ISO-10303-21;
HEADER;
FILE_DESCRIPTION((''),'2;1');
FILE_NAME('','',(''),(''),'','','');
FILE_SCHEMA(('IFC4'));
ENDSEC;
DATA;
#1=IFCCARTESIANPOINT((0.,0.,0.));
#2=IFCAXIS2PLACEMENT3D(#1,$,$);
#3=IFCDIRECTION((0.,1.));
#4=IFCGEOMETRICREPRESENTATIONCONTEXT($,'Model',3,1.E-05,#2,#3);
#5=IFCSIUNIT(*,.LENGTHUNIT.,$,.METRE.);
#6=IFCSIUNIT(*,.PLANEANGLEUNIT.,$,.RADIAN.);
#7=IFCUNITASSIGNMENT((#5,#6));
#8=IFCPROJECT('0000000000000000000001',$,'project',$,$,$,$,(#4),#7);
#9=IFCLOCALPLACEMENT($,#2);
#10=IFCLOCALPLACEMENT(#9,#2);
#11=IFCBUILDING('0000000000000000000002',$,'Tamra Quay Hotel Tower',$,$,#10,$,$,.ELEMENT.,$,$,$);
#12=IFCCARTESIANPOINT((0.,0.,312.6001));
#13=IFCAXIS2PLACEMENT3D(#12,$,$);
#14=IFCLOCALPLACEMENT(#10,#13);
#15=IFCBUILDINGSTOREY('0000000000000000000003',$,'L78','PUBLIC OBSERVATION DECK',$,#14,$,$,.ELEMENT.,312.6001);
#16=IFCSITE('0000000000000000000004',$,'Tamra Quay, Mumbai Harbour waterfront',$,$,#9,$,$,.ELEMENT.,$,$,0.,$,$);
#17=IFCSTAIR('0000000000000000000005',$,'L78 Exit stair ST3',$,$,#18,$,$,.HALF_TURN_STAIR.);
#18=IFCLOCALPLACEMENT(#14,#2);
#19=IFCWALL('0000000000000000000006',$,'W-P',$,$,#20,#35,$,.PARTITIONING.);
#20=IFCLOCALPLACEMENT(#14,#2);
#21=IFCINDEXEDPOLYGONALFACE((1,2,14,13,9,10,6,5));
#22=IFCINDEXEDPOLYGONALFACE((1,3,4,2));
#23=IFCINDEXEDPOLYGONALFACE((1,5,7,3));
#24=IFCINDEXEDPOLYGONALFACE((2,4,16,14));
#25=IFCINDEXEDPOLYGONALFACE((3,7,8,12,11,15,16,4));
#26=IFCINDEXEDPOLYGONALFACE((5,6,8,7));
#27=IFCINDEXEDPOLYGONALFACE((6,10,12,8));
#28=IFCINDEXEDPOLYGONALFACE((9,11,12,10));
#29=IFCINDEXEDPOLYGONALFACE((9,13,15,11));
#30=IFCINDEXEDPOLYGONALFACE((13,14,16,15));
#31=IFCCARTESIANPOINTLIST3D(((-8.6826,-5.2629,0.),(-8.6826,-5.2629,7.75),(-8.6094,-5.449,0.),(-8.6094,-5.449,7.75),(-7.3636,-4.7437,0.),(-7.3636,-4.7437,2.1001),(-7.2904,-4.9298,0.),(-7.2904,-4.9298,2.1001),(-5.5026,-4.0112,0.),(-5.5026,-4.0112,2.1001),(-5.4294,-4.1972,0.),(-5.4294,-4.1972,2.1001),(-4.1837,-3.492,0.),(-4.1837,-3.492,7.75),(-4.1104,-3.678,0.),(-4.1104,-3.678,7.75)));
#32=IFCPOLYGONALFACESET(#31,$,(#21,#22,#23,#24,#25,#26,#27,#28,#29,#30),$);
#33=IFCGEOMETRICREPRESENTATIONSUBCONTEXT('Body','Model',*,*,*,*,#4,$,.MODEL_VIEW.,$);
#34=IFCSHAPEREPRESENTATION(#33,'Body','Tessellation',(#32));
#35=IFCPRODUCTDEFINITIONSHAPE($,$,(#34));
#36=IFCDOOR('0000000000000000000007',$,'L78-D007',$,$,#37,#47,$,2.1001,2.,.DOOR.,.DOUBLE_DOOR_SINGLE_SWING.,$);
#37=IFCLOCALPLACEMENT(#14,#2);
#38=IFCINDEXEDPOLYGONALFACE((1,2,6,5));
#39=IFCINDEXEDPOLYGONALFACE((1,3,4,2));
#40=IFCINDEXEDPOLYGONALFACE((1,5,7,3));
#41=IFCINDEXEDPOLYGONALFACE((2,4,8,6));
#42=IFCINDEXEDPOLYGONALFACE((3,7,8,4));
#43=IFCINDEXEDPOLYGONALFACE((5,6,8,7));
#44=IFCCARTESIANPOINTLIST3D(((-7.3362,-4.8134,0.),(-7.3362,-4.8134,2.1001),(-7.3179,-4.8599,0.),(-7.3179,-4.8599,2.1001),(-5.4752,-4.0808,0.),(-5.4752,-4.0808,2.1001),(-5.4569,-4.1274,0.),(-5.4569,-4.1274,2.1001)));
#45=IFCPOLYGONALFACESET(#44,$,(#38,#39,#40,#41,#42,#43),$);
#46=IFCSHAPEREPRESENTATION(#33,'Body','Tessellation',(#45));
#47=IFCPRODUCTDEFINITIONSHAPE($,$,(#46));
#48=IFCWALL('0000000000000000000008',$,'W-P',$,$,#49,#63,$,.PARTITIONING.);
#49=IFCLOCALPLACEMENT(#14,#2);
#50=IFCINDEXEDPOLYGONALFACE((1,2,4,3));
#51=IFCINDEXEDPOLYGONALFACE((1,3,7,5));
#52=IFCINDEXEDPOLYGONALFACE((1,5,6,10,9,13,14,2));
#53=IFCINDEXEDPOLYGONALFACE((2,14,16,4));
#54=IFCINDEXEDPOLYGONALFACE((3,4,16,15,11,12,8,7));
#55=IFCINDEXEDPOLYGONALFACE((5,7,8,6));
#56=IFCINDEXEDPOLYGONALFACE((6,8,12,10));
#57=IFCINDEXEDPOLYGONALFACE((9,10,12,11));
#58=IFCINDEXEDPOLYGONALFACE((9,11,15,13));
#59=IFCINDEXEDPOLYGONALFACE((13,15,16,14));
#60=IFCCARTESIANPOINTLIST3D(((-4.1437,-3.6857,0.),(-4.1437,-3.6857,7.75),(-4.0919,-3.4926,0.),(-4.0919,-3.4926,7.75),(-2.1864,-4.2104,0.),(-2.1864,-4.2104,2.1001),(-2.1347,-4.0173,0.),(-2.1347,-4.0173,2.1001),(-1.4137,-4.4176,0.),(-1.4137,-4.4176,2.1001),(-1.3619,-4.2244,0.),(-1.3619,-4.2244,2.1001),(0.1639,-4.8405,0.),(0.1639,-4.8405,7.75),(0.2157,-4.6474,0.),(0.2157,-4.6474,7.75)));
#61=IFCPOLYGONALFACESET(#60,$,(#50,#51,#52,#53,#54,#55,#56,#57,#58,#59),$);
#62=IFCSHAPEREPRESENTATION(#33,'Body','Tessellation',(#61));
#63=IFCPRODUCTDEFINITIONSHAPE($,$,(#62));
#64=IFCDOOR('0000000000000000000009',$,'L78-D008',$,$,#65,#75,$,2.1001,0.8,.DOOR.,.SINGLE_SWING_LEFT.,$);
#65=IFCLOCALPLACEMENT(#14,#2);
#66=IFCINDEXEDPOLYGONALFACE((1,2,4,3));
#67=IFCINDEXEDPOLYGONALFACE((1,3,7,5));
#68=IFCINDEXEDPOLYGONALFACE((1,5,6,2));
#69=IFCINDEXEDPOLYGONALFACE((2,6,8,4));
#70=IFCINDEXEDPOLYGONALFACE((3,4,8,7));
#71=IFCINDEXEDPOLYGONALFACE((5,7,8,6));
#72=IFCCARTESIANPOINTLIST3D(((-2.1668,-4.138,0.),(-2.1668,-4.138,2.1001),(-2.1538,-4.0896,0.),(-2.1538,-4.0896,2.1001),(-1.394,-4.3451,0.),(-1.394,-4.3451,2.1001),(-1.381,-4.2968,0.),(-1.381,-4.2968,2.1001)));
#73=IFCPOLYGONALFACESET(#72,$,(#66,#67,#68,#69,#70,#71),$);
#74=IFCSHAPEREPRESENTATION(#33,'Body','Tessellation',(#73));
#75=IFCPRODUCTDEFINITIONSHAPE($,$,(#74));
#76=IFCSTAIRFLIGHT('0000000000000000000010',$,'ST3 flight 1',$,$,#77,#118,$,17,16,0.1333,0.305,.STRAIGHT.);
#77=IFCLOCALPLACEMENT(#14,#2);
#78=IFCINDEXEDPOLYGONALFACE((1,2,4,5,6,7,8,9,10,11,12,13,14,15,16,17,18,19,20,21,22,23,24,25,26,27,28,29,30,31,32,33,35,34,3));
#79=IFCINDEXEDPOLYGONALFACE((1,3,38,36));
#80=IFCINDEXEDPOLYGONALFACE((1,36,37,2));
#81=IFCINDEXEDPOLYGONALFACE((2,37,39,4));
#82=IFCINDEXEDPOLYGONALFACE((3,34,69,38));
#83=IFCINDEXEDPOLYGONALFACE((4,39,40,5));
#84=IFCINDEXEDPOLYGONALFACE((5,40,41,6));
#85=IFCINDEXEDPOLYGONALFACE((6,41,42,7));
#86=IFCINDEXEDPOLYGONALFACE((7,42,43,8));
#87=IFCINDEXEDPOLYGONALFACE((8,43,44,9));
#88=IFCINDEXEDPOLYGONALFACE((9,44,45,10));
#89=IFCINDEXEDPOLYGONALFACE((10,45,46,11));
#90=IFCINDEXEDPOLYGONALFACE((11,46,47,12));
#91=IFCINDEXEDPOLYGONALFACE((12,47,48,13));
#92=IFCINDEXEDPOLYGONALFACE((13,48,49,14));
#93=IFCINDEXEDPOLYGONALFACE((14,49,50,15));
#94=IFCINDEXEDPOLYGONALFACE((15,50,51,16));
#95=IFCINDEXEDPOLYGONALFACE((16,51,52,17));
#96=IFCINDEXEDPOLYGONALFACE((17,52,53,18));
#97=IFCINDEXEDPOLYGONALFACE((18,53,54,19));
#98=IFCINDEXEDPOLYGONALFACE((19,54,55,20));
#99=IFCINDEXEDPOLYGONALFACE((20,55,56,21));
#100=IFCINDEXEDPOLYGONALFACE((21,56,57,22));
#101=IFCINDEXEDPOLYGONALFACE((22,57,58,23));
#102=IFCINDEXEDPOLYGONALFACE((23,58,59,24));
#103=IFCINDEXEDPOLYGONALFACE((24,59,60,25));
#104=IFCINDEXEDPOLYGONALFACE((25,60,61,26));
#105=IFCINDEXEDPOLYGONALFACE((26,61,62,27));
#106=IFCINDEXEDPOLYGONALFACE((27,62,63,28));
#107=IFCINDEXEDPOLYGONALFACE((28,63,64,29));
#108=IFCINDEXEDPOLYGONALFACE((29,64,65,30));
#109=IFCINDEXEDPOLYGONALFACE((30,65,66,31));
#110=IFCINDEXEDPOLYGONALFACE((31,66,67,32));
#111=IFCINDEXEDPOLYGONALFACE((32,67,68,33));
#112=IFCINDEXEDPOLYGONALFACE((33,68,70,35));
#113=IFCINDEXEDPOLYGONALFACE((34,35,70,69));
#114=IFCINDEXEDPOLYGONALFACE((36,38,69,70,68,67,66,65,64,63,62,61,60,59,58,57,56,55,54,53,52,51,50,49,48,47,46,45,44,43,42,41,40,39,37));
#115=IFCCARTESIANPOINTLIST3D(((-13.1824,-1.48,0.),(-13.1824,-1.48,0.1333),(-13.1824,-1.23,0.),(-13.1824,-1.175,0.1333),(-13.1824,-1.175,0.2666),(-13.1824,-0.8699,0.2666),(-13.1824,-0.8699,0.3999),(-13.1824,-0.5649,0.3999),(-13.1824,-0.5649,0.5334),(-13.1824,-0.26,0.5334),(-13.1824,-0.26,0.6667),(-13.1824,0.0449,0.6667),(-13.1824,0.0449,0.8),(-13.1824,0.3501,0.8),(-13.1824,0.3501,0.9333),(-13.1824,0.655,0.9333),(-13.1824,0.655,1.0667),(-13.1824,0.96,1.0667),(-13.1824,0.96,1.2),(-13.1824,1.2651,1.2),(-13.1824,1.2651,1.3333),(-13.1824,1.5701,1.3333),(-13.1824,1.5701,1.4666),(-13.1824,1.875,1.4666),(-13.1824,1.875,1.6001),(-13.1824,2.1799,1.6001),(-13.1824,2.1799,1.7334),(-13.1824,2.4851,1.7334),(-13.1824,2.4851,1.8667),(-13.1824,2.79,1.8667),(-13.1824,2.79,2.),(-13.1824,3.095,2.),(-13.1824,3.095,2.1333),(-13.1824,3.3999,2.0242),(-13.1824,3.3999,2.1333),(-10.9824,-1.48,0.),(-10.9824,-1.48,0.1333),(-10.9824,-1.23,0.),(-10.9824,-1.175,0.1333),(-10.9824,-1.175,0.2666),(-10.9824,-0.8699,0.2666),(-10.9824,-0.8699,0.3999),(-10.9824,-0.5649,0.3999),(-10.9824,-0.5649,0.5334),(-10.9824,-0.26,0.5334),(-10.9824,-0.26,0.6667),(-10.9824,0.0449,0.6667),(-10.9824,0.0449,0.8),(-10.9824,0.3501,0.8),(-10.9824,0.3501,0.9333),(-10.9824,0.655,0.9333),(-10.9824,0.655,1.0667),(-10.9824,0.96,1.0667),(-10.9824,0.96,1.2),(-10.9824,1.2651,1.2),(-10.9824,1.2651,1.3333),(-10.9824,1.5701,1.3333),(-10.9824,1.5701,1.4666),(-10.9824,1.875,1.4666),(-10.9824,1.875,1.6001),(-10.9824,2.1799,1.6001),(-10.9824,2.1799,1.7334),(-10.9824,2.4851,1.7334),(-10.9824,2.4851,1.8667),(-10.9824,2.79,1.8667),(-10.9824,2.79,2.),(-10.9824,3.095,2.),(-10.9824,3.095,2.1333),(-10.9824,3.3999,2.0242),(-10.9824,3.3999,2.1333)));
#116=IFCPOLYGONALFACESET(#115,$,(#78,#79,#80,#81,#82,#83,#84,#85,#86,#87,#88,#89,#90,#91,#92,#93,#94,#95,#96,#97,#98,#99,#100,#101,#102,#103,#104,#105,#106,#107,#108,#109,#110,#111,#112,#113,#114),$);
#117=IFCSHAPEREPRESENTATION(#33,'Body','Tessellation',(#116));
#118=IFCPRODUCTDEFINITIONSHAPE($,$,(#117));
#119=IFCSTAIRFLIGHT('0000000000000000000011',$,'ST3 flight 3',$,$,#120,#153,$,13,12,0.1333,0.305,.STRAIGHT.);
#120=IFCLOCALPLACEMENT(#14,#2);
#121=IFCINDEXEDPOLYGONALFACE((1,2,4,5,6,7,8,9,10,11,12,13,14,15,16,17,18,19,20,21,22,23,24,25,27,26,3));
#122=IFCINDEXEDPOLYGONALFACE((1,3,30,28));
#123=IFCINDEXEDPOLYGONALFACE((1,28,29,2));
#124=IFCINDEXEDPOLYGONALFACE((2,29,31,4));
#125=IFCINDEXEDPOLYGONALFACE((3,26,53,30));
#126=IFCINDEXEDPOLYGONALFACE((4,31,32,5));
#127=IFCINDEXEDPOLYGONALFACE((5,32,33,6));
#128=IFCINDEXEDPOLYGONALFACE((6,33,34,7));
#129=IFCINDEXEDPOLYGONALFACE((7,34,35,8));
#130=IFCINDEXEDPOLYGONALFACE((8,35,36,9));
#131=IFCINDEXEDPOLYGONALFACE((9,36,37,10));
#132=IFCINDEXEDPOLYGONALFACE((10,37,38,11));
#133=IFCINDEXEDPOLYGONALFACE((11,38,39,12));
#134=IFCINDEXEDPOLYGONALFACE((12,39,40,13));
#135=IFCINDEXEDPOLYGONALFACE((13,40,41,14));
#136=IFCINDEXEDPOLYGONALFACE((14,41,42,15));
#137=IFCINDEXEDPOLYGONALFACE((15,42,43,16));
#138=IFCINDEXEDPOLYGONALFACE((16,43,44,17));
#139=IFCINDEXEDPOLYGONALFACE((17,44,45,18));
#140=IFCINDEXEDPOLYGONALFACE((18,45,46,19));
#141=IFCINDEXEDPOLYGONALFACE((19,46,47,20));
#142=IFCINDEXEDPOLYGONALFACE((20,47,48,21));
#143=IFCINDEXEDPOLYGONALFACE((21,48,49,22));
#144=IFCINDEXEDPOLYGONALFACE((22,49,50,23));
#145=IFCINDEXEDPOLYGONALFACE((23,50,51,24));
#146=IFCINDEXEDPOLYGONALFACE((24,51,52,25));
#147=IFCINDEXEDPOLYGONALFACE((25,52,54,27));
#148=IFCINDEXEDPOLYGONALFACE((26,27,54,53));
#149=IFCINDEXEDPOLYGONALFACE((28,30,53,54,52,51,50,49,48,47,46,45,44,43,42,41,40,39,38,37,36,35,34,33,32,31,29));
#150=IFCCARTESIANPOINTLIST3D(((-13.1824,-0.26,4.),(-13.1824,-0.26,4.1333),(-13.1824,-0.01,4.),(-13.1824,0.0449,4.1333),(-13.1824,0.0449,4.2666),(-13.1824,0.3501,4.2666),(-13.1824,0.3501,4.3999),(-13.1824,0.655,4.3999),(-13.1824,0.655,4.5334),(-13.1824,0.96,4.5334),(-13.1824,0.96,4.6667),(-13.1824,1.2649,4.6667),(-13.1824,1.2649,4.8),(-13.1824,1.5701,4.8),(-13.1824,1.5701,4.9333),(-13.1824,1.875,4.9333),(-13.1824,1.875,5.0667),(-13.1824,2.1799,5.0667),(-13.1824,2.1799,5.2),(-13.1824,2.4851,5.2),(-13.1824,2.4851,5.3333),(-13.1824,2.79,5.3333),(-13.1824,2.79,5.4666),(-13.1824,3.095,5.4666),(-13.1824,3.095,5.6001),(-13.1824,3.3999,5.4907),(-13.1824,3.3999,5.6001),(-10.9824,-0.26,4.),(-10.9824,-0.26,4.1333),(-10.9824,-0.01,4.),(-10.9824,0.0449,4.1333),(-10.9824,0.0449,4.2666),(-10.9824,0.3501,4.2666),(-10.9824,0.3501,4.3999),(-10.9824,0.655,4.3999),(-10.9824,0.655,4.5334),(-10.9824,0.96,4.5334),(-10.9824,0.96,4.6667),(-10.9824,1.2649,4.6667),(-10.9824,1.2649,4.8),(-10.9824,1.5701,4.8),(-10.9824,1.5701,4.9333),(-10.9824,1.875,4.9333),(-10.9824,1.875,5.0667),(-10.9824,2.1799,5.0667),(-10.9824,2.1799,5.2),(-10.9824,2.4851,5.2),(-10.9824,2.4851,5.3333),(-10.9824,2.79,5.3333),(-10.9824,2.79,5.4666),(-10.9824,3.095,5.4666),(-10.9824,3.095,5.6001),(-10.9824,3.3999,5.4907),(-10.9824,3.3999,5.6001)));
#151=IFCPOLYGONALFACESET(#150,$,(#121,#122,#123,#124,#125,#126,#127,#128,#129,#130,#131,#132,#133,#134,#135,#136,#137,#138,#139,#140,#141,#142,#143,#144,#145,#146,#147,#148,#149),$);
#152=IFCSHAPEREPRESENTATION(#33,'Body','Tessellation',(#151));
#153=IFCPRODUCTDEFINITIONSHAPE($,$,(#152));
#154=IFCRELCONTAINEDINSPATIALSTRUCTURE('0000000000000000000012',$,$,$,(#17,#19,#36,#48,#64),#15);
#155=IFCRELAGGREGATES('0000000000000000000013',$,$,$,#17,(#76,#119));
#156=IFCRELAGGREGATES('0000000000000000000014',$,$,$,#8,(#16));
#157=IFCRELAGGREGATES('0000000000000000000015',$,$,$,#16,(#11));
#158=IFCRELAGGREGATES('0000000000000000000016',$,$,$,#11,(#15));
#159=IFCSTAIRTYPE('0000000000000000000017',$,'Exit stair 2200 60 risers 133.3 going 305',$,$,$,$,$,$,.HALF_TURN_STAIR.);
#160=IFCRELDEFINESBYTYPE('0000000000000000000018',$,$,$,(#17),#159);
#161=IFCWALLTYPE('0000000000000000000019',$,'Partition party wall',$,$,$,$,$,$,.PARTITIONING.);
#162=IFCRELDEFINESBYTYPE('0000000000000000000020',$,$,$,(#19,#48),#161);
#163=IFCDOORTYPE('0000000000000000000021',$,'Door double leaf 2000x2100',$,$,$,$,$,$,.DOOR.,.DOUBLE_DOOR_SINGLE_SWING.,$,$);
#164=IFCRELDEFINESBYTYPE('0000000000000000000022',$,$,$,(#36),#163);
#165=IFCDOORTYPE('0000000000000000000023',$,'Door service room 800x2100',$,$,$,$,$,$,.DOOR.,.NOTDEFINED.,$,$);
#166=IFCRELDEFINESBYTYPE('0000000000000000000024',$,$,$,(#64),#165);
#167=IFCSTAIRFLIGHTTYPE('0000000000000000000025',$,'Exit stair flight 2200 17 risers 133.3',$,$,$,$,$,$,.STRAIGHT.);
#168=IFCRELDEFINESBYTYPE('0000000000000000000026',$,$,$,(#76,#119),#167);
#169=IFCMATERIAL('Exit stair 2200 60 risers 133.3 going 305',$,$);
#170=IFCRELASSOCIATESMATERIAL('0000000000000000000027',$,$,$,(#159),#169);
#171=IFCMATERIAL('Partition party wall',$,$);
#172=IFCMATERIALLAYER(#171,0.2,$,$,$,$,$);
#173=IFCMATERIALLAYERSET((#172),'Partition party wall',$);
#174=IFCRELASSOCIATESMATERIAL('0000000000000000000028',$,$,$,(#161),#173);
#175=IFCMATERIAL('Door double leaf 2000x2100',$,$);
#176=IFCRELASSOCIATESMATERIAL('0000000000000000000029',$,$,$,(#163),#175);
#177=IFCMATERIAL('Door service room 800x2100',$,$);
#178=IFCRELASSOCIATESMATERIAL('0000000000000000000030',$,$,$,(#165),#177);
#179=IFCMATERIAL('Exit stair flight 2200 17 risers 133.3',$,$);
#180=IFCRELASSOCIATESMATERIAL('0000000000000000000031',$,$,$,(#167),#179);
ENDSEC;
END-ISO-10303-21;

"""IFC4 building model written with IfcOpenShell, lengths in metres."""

from ifc_helpers import new_model, si_unit, direction, frame, frame_2d, origin, place, context, subcontext, project, spatial, polyline, rectangle, outline, extrude, material, layer, layer_set, type_object, element, fill, aggregate, save


model = new_model("IFC4")

# Units and contexts
model_context = context("Model", 3, precision=1e-05, world=origin(), true_north=direction((0.0, 1.0)))
body_context = subcontext(model_context, "Body", "Model", "MODEL_VIEW")
ifc_project = project(units=[si_unit("LENGTHUNIT", "METRE"), si_unit("PLANEANGLEUNIT", "RADIAN")], contexts=[model_context])

# Site, building, storey
site_placement = place(None, origin())
site = spatial("IfcSite", under=ifc_project, at=site_placement, Name="Tamra Quay, Mumbai Harbour waterfront", CompositionType="ELEMENT", RefElevation=0.0)
building_placement = place(site_placement, origin())
building = spatial("IfcBuilding", under=site, at=building_placement, Name="Tamra Quay Hotel Tower", CompositionType="ELEMENT")
storey_placement = place(building_placement, frame((0.0, 0.0, 312.6001)))
storey = spatial("IfcBuildingStorey", under=building, at=storey_placement, Name="L78", Description="PUBLIC OBSERVATION DECK", CompositionType="ELEMENT", Elevation=312.6001)

# Stair
ifc_material_1 = material(Name="Exit stair 2200 60 risers 133.3 going 305")
stair_type = type_object("IfcStairType", Name="Exit stair 2200 60 risers 133.3 going 305", PredefinedType="HALF_TURN_STAIR", material=ifc_material_1)
stair_1_placement = place(storey_placement, origin())
stair_1 = element("IfcStair", 1, at=stair_1_placement, inside=storey, type_object=stair_type, Name="L78 Exit stair ST3", PredefinedType="HALF_TURN_STAIR")

# Shared definitions
ifc_material_2 = material(Name="Partition party wall")
ifc_layer_1 = layer(ifc_material_2, 0.2)
ifc_layer_set_1 = layer_set([ifc_layer_1], Name="Partition party wall")
wall_type_1 = type_object("IfcWallType", Name="Partition party wall", PredefinedType="PARTITIONING", material=ifc_layer_set_1)

# Walls, openings, doors
wall_1_placement = place(storey_placement, frame((-8.646, -5.356, 0.0), z_axis=(0.0, 0.0, 1.0), x_axis=(0.930503, 0.366283, 0.0)))
wall_1 = element("IfcWall", 2, at=wall_1_placement, inside=storey, type_object=wall_type_1, Name="W-P", PredefinedType="PARTITIONING", context=body_context, shape_type="SweptSolid", body=[
    extrude(rectangle(XDim=4.835, YDim=0.2, at=frame_2d((2.4175, 0.0))), origin(), (0.0, 0.0, 1.0), 7.75),
])
opening_1_placement = place(wall_1_placement, frame((1.4175, 0.0, 0.0)))
opening_1 = element("IfcOpeningElement", 3, at=opening_1_placement, cuts=wall_1, PredefinedType="OPENING", context=body_context, shape_type="SweptSolid", body=[
    extrude(rectangle(XDim=2.0, YDim=2.1001, at=frame_2d((1.0, 1.05))), frame((0.0, 0.1099, 0.0), z_axis=(0.0, -1.0, 0.0), x_axis=(1.0, 0.0, 0.0)), (0.0, 0.0, 1.0), 0.22),
])
ifc_material_3 = material(Name="Door double leaf 2000x2100")
door_type_1 = type_object("IfcDoorType", Name="Door double leaf 2000x2100", OperationType="DOUBLE_DOOR_SINGLE_SWING", PredefinedType="DOOR", material=ifc_material_3)
door_1_placement = place(opening_1_placement, frame((2.0, 0.0, 0.0), z_axis=(0.0, 0.0, 1.0), x_axis=(-1.0, 0.0, 0.0)))
door_1 = element("IfcDoor", 4, at=door_1_placement, inside=storey, type_object=door_type_1, Name="L78-D007", OperationType="DOUBLE_DOOR_SINGLE_SWING", OverallHeight=2.1001, OverallWidth=2.0, PredefinedType="DOOR", context=body_context, shape_type="SweptSolid", body=[
    extrude(rectangle(XDim=2.0, YDim=2.1001, at=frame_2d((1.0, 1.05))), frame((0.0, 0.0249, 0.0), z_axis=(0.0, -1.0, 0.0), x_axis=(1.0, 0.0, 0.0)), (0.0, 0.0, 1.0), 0.05),
])
fill(opening_1, door_1)
wall_2_placement = place(storey_placement, frame((-4.1179, -3.5891, 0.0), z_axis=(0.0, 0.0, 1.0), x_axis=(0.965894, -0.258937, 0.0)))
wall_2 = element("IfcWall", 5, at=wall_2_placement, inside=storey, type_object=wall_type_1, Name="W-P", PredefinedType="PARTITIONING", context=body_context, shape_type="SweptSolid", body=[
    extrude(rectangle(XDim=4.4597, YDim=0.2, at=frame_2d((2.23, 0.0))), origin(), (0.0, 0.0, 1.0), 7.75),
])
opening_2_placement = place(wall_2_placement, frame((2.0266, 0.0, 0.0)))
opening_2 = element("IfcOpeningElement", 6, at=opening_2_placement, cuts=wall_2, PredefinedType="OPENING", context=body_context, shape_type="SweptSolid", body=[
    extrude(rectangle(XDim=0.8, YDim=2.1001, at=frame_2d((0.3999, 1.05))), frame((0.0, 0.1099, 0.0), z_axis=(0.0, -1.0, 0.0), x_axis=(1.0, 0.0, 0.0)), (0.0, 0.0, 1.0), 0.22),
])
ifc_material_4 = material(Name="Door service room 800x2100")
door_type_2 = type_object("IfcDoorType", Name="Door service room 800x2100", OperationType="NOTDEFINED", PredefinedType="DOOR", material=ifc_material_4)
door_2_placement = place(opening_2_placement, frame((0.8, 0.0, 0.0), z_axis=(0.0, 0.0, 1.0), x_axis=(-1.0, 0.0, 0.0)))
door_2 = element("IfcDoor", 7, at=door_2_placement, inside=storey, type_object=door_type_2, Name="L78-D008", OperationType="SINGLE_SWING_LEFT", OverallHeight=2.1001, OverallWidth=0.8, PredefinedType="DOOR", context=body_context, shape_type="SweptSolid", body=[
    extrude(rectangle(XDim=0.8, YDim=2.1001, at=frame_2d((0.3999, 1.05))), frame((0.0, 0.0249, 0.0), z_axis=(0.0, -1.0, 0.0), x_axis=(1.0, 0.0, 0.0)), (0.0, 0.0, 1.0), 0.05),
])
fill(opening_2, door_2)

# Stair flights
ifc_material_5 = material(Name="Exit stair flight 2200 17 risers 133.3")
stair_flight_type = type_object("IfcStairFlightType", Name="Exit stair flight 2200 17 risers 133.3", PredefinedType="STRAIGHT", material=ifc_material_5)
stair_flight_1_placement = place(storey_placement, frame((-12.0823, -1.48, 0.0), z_axis=(0.0, 0.0, 1.0), x_axis=(0.0, 1.0, 0.0)))
stair_flight_1 = element("IfcStairFlight", 8, at=stair_flight_1_placement, type_object=stair_flight_type, Name="ST3 flight 1", NumberOfRisers=17, NumberOfTreads=16, PredefinedType="STRAIGHT", RiserHeight=0.1333, TreadLength=0.305, context=body_context, shape_type="SweptSolid", body=[
    extrude(outline(polyline([(0.0, 0.0), (0.0, 0.1333), (0.3049, 0.1333), (0.3049, 0.2666), (0.6101, 0.2666), (0.6101, 0.3999), (0.915, 0.3999), (0.915, 0.5334), (1.22, 0.5334), (1.22, 0.6667), (1.5249, 0.6667), (1.5249, 0.8), (1.8301, 0.8), (1.8301, 0.9333), (2.135, 0.9333), (2.135, 1.0667), (2.4399, 1.0667), (2.4399, 1.2), (2.7451, 1.2), (2.7451, 1.3333), (3.05, 1.3333), (3.05, 1.4666), (3.355, 1.4666), (3.355, 1.6001), (3.6599, 1.6001), (3.6599, 1.7334), (3.9651, 1.7334), (3.9651, 1.8667), (4.27, 1.8667), (4.27, 2.0), (4.575, 2.0), (4.575, 2.1333), (4.8799, 2.1333), (4.8799, 2.2666), (4.8799, 2.0242), (0.25, 0.0), (0.0, 0.0)])), frame((0.0, 1.1001, 0.0), z_axis=(0.0, -1.0, 0.0), x_axis=(1.0, 0.0, 0.0)), (0.0, 0.0, 1.0), 2.2),
])
stair_flight_2_placement = place(storey_placement, frame((-12.0823, -0.26, 4.0), z_axis=(0.0, 0.0, 1.0), x_axis=(0.0, 1.0, 0.0)))
stair_flight_2 = element("IfcStairFlight", 9, at=stair_flight_2_placement, type_object=stair_flight_type, Name="ST3 flight 3", NumberOfRisers=13, NumberOfTreads=12, PredefinedType="STRAIGHT", RiserHeight=0.1333, TreadLength=0.305, context=body_context, shape_type="SweptSolid", body=[
    extrude(outline(polyline([(0.0, 0.0), (0.0, 0.1333), (0.3049, 0.1333), (0.3049, 0.2666), (0.6101, 0.2666), (0.6101, 0.3999), (0.915, 0.3999), (0.915, 0.5334), (1.22, 0.5334), (1.22, 0.6667), (1.5249, 0.6667), (1.5249, 0.8), (1.8301, 0.8), (1.8301, 0.9333), (2.135, 0.9333), (2.135, 1.0667), (2.4399, 1.0667), (2.4399, 1.2), (2.7451, 1.2), (2.7451, 1.3333), (3.05, 1.3333), (3.05, 1.4666), (3.355, 1.4666), (3.355, 1.6001), (3.6599, 1.6001), (3.6599, 1.7334), (3.6599, 1.4907), (0.25, 0.0), (0.0, 0.0)])), frame((0.0, 1.1001, 0.0), z_axis=(0.0, -1.0, 0.0), x_axis=(1.0, 0.0, 0.0)), (0.0, 0.0, 1.0), 2.2),
])
aggregate(stair_1, [stair_flight_1, stair_flight_2])

save(model, "model.ifc")
